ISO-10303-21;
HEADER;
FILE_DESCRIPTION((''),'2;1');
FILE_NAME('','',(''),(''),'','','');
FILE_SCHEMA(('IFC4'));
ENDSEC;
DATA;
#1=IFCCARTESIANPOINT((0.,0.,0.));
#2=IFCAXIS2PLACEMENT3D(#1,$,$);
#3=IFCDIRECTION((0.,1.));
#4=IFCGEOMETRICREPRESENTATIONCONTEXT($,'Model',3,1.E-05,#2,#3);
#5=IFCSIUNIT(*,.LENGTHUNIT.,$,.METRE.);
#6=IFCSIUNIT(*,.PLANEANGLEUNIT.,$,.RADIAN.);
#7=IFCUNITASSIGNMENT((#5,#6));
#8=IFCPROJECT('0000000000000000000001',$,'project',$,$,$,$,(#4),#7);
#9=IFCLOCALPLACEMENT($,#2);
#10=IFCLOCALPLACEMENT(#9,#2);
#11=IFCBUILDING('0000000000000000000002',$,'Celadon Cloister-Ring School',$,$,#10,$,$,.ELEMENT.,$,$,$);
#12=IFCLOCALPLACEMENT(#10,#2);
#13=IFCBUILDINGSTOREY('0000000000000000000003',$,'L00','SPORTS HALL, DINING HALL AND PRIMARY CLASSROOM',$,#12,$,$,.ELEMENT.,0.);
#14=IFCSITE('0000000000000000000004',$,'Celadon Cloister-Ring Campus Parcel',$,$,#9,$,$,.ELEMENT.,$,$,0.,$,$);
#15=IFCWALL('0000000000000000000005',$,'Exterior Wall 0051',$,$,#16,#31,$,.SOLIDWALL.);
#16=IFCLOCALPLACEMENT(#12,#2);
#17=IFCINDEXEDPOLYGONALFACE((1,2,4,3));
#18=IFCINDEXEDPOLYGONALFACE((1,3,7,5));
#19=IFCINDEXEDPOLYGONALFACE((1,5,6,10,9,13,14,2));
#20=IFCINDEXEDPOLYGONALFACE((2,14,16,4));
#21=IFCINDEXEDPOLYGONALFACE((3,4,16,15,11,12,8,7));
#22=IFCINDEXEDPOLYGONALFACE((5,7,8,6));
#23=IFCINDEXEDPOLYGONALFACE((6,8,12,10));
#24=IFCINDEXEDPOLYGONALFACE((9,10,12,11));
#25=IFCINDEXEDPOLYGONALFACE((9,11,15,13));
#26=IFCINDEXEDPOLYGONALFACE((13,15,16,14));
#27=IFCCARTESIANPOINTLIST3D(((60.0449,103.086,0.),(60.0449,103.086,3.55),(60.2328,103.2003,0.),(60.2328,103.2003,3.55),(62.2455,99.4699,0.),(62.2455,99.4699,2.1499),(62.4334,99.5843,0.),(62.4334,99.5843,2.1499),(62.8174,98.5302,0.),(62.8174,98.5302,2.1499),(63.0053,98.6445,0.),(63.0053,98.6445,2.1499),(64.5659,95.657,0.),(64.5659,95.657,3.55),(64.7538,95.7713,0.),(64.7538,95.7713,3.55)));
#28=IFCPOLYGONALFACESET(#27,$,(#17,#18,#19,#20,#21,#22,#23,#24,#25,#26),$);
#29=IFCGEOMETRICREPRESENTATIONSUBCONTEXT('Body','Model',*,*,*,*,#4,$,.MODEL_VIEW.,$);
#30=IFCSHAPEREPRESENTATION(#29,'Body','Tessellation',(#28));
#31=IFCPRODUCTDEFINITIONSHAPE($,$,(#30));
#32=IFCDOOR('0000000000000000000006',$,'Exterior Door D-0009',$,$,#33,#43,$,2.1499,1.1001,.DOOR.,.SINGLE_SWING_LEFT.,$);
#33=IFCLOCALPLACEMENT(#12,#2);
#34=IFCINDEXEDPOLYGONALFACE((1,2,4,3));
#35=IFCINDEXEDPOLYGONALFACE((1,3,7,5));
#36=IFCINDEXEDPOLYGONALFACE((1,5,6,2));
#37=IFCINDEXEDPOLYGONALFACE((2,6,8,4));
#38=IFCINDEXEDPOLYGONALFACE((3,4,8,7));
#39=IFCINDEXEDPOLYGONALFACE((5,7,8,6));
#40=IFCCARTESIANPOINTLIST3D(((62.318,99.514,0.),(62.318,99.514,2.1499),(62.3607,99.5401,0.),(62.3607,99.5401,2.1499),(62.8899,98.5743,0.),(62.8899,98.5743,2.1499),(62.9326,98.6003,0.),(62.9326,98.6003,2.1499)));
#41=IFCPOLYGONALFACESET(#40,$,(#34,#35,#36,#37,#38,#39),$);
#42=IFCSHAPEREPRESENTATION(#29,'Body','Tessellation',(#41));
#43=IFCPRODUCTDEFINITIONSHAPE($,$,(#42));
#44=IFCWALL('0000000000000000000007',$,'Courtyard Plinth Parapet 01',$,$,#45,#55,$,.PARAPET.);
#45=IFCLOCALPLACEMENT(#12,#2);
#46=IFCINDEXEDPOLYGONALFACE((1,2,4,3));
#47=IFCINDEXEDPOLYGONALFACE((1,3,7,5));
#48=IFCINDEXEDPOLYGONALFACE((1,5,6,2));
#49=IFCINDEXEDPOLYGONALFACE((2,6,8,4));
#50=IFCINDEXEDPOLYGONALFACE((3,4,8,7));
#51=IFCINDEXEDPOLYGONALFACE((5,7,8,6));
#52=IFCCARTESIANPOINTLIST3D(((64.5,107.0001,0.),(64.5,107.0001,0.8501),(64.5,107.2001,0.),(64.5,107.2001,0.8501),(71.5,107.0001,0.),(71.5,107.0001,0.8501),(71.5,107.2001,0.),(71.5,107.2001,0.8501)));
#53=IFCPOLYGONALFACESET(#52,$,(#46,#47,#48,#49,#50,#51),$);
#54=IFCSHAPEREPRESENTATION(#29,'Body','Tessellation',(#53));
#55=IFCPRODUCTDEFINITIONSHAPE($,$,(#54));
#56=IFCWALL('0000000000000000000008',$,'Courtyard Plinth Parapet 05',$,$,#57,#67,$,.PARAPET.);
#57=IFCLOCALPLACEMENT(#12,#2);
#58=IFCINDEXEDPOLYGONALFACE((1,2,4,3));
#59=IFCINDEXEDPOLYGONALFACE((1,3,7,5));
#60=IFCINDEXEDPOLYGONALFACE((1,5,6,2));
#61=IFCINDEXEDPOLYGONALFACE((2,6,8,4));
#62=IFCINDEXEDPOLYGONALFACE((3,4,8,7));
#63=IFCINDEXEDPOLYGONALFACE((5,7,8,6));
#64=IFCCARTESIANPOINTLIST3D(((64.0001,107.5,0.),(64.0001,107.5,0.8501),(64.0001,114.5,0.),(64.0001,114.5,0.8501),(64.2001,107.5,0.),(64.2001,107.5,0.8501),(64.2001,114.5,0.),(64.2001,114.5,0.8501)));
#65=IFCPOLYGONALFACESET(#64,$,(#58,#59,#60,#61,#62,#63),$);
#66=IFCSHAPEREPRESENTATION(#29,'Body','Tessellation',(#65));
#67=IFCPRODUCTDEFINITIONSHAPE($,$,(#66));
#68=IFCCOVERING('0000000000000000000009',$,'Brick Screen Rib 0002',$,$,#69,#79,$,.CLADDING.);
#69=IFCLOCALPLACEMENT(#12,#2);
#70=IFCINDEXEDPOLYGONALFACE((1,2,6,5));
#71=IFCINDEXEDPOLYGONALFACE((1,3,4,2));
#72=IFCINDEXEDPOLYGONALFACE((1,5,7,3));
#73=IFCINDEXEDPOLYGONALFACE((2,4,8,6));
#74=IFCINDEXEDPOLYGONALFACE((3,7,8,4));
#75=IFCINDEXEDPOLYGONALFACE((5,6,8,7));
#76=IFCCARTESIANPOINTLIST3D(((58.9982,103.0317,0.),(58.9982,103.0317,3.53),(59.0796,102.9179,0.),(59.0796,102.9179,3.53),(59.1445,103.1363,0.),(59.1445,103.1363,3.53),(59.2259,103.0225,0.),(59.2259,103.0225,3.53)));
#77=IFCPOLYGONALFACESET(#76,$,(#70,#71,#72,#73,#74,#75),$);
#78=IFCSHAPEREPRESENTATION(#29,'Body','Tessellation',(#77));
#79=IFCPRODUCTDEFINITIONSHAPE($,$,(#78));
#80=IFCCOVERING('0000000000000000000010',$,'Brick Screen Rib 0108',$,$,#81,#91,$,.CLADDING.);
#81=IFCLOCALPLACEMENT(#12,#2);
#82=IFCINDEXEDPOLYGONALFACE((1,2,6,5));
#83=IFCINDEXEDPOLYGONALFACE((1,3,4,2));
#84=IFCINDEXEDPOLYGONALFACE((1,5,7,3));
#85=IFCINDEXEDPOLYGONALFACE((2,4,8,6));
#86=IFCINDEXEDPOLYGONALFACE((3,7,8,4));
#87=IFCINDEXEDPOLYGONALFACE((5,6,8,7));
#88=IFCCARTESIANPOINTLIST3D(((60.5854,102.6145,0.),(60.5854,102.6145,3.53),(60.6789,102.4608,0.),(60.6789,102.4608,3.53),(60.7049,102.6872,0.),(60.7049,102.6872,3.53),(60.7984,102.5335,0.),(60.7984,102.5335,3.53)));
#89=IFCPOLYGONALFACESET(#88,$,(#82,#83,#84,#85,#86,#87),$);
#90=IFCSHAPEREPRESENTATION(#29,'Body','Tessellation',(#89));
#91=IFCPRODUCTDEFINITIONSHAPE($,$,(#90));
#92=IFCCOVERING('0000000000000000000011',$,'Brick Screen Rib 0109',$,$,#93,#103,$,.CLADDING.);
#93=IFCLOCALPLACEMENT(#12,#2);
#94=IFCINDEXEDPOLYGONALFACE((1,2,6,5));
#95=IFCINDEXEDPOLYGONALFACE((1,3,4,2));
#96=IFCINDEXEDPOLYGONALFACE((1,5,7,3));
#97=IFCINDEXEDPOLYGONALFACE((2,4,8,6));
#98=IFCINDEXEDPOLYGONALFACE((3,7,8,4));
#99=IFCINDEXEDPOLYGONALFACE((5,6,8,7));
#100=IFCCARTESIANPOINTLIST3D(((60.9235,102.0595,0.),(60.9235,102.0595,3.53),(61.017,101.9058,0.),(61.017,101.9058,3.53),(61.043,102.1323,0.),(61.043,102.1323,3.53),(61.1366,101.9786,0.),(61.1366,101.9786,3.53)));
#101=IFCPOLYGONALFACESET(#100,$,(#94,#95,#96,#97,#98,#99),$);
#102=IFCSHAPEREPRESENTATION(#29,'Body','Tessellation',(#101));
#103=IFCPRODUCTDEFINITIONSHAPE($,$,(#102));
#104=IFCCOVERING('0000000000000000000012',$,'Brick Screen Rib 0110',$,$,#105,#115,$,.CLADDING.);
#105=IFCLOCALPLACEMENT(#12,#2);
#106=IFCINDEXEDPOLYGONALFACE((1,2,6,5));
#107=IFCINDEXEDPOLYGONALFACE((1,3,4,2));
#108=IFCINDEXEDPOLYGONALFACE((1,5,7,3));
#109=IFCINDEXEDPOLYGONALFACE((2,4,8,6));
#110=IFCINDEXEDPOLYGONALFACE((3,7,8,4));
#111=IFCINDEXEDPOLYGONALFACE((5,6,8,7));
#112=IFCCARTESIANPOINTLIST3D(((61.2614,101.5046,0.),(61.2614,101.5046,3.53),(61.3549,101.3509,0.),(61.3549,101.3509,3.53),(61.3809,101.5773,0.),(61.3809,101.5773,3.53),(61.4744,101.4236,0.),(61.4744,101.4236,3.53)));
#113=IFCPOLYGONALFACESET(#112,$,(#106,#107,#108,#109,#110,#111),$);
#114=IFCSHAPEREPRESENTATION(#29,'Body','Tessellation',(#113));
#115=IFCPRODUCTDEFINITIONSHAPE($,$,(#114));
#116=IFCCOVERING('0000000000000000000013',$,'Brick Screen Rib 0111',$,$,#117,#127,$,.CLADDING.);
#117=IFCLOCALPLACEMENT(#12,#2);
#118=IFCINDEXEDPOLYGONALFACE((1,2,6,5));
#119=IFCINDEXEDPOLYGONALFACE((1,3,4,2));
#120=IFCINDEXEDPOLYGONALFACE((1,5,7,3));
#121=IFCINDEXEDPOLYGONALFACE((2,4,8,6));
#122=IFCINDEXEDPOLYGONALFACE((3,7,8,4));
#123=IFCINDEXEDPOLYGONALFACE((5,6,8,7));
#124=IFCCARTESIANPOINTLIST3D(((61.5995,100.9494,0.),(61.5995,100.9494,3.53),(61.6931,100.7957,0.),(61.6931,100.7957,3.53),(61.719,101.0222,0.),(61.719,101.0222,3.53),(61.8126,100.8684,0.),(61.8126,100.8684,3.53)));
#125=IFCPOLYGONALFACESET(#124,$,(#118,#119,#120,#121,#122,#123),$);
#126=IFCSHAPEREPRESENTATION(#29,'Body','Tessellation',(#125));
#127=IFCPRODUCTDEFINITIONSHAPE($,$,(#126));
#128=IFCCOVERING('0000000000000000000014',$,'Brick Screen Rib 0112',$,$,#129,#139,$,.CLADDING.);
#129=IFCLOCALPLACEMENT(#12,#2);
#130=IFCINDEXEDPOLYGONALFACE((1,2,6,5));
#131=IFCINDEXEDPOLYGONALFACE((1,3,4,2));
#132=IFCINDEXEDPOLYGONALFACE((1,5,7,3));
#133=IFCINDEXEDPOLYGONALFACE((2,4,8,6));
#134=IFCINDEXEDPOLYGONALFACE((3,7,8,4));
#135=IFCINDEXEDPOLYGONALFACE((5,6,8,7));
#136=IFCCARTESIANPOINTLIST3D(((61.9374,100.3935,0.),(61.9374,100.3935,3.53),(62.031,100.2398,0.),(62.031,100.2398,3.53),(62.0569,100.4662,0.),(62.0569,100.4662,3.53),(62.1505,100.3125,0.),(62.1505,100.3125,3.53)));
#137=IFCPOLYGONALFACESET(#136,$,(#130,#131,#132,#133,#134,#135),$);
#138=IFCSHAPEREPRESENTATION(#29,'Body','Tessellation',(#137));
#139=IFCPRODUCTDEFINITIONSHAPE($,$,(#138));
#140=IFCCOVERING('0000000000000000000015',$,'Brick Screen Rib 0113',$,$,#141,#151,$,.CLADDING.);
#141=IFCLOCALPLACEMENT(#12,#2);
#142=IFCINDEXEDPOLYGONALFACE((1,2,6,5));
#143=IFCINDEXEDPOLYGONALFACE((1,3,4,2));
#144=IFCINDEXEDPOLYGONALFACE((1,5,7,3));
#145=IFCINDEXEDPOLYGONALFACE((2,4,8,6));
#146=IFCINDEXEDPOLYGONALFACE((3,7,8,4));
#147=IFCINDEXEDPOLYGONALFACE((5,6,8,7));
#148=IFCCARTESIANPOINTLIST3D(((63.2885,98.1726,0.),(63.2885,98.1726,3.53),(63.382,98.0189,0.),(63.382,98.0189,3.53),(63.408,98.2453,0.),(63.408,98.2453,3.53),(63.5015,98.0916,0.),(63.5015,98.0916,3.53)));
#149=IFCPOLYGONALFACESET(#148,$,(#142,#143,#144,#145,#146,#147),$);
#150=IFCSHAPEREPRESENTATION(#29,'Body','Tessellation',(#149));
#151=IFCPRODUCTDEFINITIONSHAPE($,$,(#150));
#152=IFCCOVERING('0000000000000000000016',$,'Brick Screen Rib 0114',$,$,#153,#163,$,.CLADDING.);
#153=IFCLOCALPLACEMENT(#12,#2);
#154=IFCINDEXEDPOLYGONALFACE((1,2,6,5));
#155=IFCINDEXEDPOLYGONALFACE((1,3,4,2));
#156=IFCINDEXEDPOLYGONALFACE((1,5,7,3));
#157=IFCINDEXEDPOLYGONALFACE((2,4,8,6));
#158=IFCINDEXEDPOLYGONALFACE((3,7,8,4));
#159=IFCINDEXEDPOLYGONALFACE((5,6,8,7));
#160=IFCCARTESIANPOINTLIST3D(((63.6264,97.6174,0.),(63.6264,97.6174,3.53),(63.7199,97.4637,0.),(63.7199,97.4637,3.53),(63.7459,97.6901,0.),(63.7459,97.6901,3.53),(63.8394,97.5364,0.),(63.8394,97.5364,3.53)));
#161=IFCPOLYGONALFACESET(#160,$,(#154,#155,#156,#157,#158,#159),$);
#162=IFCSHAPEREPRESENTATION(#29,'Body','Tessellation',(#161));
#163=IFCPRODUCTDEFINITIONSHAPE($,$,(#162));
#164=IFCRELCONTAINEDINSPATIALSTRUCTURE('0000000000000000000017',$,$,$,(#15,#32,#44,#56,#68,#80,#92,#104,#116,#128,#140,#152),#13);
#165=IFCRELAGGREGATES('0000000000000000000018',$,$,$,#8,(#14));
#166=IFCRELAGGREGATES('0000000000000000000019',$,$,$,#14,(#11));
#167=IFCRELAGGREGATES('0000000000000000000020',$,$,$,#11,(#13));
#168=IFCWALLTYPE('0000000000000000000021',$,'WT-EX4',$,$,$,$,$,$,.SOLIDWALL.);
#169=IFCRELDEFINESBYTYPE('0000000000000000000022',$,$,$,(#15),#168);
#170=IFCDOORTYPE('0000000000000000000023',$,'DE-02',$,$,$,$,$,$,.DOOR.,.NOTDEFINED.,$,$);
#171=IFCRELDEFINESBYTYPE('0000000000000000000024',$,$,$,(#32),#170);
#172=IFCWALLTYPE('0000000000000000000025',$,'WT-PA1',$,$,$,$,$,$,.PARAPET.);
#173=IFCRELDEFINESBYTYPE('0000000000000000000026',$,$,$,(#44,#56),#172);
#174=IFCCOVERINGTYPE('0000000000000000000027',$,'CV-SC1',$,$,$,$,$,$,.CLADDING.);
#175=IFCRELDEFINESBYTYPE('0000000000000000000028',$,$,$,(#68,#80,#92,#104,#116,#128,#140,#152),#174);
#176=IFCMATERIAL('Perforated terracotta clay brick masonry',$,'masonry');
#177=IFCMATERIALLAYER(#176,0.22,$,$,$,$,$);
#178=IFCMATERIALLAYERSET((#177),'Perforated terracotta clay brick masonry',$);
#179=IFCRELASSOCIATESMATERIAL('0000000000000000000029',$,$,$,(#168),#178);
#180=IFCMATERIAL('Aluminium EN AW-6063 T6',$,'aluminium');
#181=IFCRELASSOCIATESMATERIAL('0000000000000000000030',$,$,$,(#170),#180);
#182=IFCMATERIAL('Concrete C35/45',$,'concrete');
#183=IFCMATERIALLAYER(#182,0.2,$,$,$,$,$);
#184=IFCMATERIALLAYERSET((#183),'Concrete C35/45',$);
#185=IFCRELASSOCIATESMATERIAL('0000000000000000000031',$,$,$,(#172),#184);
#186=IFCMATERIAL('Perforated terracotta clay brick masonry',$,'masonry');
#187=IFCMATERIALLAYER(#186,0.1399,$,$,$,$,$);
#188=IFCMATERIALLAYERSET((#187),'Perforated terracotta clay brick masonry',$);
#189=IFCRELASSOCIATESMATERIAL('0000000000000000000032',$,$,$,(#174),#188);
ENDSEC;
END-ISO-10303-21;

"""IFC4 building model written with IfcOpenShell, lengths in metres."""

from ifc_helpers import new_model, si_unit, direction, frame, frame_2d, origin, origin_2d, place, context, subcontext, project, spatial, rectangle, extrude, material, layer, layer_set, type_object, element, fill, save


model = new_model("IFC4")

# Units and contexts
model_context = context("Model", 3, precision=1e-05, world=origin(), true_north=direction((0.0, 1.0)))
body_context = subcontext(model_context, "Body", "Model", "MODEL_VIEW")
ifc_project = project(units=[si_unit("LENGTHUNIT", "METRE"), si_unit("PLANEANGLEUNIT", "RADIAN")], contexts=[model_context])

# Site, building, storey
site_placement = place(None, origin())
site = spatial("IfcSite", under=ifc_project, at=site_placement, Name="Celadon Cloister-Ring Campus Parcel", CompositionType="ELEMENT", RefElevation=0.0)
building_placement = place(site_placement, origin())
building = spatial("IfcBuilding", under=site, at=building_placement, Name="Celadon Cloister-Ring School", CompositionType="ELEMENT")
storey_placement = place(building_placement, origin())
storey = spatial("IfcBuildingStorey", under=building, at=storey_placement, Name="L00", Description="SPORTS HALL, DINING HALL AND PRIMARY CLASSROOM", CompositionType="ELEMENT", Elevation=0.0)

# Wall, opening, door
ifc_material_1 = material(Name="Perforated terracotta clay brick masonry", Category="masonry")
ifc_layer_1 = layer(ifc_material_1, 0.22)
ifc_layer_set_1 = layer_set([ifc_layer_1], Name="Perforated terracotta clay brick masonry")
wall_type_1 = type_object("IfcWallType", Name="WT-EX4", PredefinedType="SOLIDWALL", material=ifc_layer_set_1)
wall_1_placement = place(storey_placement, frame((60.1389, 103.1431, 0.0), z_axis=(0.0, 0.0, 1.0), x_axis=(0.519865, -0.854248, 0.0)))
wall_1 = element("IfcWall", 1, at=wall_1_placement, inside=storey, type_object=wall_type_1, Name="Exterior Wall 0051", PredefinedType="SOLIDWALL", context=body_context, shape_type="SweptSolid", body=[
    extrude(rectangle(XDim=8.6965, YDim=0.22, at=frame_2d((4.3481, 0.0))), origin(), (0.0, 0.0, 1.0), 3.55),
])
opening_1_placement = place(wall_1_placement, frame((4.2329, 0.0, 0.0)))
opening_1 = element("IfcOpeningElement", 2, at=opening_1_placement, cuts=wall_1, PredefinedType="OPENING", context=body_context, shape_type="SweptSolid", body=[
    extrude(rectangle(XDim=1.1001, YDim=2.1499, at=frame_2d((0.55, 1.075))), frame((0.0, 0.1201, 0.0), z_axis=(0.0, -1.0, 0.0), x_axis=(1.0, 0.0, 0.0)), (0.0, 0.0, 1.0), 0.24),
])
ifc_material_2 = material(Name="Aluminium EN AW-6063 T6", Category="aluminium")
door_type_1 = type_object("IfcDoorType", Name="DE-02", OperationType="NOTDEFINED", PredefinedType="DOOR", material=ifc_material_2)
door_1_placement = place(opening_1_placement, origin())
door_1 = element("IfcDoor", 3, at=door_1_placement, inside=storey, type_object=door_type_1, Name="Exterior Door D-0009", OperationType="SINGLE_SWING_LEFT", OverallHeight=2.1499, OverallWidth=1.1001, PredefinedType="DOOR", context=body_context, shape_type="SweptSolid", body=[
    extrude(rectangle(XDim=1.1001, YDim=2.1499, at=frame_2d((0.55, 1.075))), frame((0.0, 0.0249, 0.0), z_axis=(0.0, -1.0, 0.0), x_axis=(1.0, 0.0, 0.0)), (0.0, 0.0, 1.0), 0.05),
])
fill(opening_1, door_1)

# Walls
ifc_material_3 = material(Name="Concrete C35/45", Category="concrete")
ifc_layer_2 = layer(ifc_material_3, 0.2)
ifc_layer_set_2 = layer_set([ifc_layer_2], Name="Concrete C35/45")
wall_type_2 = type_object("IfcWallType", Name="WT-PA1", PredefinedType="PARAPET", material=ifc_layer_set_2)
for number, where, z_axis, x_axis, name in (
    (4, (64.5, 107.1001, 0.0), (0.0, 0.0, 1.0), (1.0, 0.0, 0.0), "Courtyard Plinth Parapet 01"),
    (5, (64.1001, 107.5, 0.0), (0.0, 0.0, 1.0), (0.0, 1.0, 0.0), "Courtyard Plinth Parapet 05"),
):
    element("IfcWall", number, at=place(storey_placement, frame(where, z_axis=z_axis, x_axis=x_axis)), inside=storey, type_object=wall_type_2, Name=name, PredefinedType="PARAPET", context=body_context, shape_type="SweptSolid", body=[
        extrude(rectangle(XDim=7.0, YDim=0.2, at=frame_2d((3.5, 0.0))), origin(), (0.0, 0.0, 1.0), 0.8501),
    ])

# Coverings
ifc_material_4 = material(Name="Perforated terracotta clay brick masonry", Category="masonry")
ifc_layer_3 = layer(ifc_material_4, 0.1399)
ifc_layer_set_3 = layer_set([ifc_layer_3], Name="Perforated terracotta clay brick masonry")
covering_type = type_object("IfcCoveringType", Name="CV-SC1", PredefinedType="CLADDING", material=ifc_layer_set_3)
for number, where, z_axis, x_axis, name in (
    (6, (59.1121, 103.0271, 0.0), (0.0, 0.0, 1.0), (0.813375, 0.58174, 0.0), "Brick Screen Rib 0002"),
    (7, (60.6919, 102.574, 0.0), (0.0, 0.0, 1.0), (0.519862, -0.85425, 0.0), "Brick Screen Rib 0108"),
    (8, (61.03, 102.019, 0.0), (0.0, 0.0, 1.0), (0.519862, -0.85425, 0.0), "Brick Screen Rib 0109"),
    (9, (61.3679, 101.4641, 0.0), (0.0, 0.0, 1.0), (0.519862, -0.85425, 0.0), "Brick Screen Rib 0110"),
    (10, (61.7061, 100.9089, 0.0), (0.0, 0.0, 1.0), (0.519862, -0.85425, 0.0), "Brick Screen Rib 0111"),
    (11, (62.0439, 100.353, 0.0), (0.0, 0.0, 1.0), (0.519862, -0.85425, 0.0), "Brick Screen Rib 0112"),
    (12, (63.395, 98.1321, 0.0), (0.0, 0.0, 1.0), (0.519862, -0.85425, 0.0), "Brick Screen Rib 0113"),
    (13, (63.7329, 97.5769, 0.0), (0.0, 0.0, 1.0), (0.519862, -0.85425, 0.0), "Brick Screen Rib 0114"),
):
    element("IfcCovering", number, at=place(storey_placement, frame(where, z_axis=z_axis, x_axis=x_axis)), inside=storey, type_object=covering_type, Name=name, PredefinedType="CLADDING", context=body_context, shape_type="SweptSolid", body=[
        extrude(rectangle(XDim=0.1799, YDim=0.1399, at=origin_2d()), origin(), (0.0, 0.0, 1.0), 3.53),
    ])

save(model, "model.ifc")
